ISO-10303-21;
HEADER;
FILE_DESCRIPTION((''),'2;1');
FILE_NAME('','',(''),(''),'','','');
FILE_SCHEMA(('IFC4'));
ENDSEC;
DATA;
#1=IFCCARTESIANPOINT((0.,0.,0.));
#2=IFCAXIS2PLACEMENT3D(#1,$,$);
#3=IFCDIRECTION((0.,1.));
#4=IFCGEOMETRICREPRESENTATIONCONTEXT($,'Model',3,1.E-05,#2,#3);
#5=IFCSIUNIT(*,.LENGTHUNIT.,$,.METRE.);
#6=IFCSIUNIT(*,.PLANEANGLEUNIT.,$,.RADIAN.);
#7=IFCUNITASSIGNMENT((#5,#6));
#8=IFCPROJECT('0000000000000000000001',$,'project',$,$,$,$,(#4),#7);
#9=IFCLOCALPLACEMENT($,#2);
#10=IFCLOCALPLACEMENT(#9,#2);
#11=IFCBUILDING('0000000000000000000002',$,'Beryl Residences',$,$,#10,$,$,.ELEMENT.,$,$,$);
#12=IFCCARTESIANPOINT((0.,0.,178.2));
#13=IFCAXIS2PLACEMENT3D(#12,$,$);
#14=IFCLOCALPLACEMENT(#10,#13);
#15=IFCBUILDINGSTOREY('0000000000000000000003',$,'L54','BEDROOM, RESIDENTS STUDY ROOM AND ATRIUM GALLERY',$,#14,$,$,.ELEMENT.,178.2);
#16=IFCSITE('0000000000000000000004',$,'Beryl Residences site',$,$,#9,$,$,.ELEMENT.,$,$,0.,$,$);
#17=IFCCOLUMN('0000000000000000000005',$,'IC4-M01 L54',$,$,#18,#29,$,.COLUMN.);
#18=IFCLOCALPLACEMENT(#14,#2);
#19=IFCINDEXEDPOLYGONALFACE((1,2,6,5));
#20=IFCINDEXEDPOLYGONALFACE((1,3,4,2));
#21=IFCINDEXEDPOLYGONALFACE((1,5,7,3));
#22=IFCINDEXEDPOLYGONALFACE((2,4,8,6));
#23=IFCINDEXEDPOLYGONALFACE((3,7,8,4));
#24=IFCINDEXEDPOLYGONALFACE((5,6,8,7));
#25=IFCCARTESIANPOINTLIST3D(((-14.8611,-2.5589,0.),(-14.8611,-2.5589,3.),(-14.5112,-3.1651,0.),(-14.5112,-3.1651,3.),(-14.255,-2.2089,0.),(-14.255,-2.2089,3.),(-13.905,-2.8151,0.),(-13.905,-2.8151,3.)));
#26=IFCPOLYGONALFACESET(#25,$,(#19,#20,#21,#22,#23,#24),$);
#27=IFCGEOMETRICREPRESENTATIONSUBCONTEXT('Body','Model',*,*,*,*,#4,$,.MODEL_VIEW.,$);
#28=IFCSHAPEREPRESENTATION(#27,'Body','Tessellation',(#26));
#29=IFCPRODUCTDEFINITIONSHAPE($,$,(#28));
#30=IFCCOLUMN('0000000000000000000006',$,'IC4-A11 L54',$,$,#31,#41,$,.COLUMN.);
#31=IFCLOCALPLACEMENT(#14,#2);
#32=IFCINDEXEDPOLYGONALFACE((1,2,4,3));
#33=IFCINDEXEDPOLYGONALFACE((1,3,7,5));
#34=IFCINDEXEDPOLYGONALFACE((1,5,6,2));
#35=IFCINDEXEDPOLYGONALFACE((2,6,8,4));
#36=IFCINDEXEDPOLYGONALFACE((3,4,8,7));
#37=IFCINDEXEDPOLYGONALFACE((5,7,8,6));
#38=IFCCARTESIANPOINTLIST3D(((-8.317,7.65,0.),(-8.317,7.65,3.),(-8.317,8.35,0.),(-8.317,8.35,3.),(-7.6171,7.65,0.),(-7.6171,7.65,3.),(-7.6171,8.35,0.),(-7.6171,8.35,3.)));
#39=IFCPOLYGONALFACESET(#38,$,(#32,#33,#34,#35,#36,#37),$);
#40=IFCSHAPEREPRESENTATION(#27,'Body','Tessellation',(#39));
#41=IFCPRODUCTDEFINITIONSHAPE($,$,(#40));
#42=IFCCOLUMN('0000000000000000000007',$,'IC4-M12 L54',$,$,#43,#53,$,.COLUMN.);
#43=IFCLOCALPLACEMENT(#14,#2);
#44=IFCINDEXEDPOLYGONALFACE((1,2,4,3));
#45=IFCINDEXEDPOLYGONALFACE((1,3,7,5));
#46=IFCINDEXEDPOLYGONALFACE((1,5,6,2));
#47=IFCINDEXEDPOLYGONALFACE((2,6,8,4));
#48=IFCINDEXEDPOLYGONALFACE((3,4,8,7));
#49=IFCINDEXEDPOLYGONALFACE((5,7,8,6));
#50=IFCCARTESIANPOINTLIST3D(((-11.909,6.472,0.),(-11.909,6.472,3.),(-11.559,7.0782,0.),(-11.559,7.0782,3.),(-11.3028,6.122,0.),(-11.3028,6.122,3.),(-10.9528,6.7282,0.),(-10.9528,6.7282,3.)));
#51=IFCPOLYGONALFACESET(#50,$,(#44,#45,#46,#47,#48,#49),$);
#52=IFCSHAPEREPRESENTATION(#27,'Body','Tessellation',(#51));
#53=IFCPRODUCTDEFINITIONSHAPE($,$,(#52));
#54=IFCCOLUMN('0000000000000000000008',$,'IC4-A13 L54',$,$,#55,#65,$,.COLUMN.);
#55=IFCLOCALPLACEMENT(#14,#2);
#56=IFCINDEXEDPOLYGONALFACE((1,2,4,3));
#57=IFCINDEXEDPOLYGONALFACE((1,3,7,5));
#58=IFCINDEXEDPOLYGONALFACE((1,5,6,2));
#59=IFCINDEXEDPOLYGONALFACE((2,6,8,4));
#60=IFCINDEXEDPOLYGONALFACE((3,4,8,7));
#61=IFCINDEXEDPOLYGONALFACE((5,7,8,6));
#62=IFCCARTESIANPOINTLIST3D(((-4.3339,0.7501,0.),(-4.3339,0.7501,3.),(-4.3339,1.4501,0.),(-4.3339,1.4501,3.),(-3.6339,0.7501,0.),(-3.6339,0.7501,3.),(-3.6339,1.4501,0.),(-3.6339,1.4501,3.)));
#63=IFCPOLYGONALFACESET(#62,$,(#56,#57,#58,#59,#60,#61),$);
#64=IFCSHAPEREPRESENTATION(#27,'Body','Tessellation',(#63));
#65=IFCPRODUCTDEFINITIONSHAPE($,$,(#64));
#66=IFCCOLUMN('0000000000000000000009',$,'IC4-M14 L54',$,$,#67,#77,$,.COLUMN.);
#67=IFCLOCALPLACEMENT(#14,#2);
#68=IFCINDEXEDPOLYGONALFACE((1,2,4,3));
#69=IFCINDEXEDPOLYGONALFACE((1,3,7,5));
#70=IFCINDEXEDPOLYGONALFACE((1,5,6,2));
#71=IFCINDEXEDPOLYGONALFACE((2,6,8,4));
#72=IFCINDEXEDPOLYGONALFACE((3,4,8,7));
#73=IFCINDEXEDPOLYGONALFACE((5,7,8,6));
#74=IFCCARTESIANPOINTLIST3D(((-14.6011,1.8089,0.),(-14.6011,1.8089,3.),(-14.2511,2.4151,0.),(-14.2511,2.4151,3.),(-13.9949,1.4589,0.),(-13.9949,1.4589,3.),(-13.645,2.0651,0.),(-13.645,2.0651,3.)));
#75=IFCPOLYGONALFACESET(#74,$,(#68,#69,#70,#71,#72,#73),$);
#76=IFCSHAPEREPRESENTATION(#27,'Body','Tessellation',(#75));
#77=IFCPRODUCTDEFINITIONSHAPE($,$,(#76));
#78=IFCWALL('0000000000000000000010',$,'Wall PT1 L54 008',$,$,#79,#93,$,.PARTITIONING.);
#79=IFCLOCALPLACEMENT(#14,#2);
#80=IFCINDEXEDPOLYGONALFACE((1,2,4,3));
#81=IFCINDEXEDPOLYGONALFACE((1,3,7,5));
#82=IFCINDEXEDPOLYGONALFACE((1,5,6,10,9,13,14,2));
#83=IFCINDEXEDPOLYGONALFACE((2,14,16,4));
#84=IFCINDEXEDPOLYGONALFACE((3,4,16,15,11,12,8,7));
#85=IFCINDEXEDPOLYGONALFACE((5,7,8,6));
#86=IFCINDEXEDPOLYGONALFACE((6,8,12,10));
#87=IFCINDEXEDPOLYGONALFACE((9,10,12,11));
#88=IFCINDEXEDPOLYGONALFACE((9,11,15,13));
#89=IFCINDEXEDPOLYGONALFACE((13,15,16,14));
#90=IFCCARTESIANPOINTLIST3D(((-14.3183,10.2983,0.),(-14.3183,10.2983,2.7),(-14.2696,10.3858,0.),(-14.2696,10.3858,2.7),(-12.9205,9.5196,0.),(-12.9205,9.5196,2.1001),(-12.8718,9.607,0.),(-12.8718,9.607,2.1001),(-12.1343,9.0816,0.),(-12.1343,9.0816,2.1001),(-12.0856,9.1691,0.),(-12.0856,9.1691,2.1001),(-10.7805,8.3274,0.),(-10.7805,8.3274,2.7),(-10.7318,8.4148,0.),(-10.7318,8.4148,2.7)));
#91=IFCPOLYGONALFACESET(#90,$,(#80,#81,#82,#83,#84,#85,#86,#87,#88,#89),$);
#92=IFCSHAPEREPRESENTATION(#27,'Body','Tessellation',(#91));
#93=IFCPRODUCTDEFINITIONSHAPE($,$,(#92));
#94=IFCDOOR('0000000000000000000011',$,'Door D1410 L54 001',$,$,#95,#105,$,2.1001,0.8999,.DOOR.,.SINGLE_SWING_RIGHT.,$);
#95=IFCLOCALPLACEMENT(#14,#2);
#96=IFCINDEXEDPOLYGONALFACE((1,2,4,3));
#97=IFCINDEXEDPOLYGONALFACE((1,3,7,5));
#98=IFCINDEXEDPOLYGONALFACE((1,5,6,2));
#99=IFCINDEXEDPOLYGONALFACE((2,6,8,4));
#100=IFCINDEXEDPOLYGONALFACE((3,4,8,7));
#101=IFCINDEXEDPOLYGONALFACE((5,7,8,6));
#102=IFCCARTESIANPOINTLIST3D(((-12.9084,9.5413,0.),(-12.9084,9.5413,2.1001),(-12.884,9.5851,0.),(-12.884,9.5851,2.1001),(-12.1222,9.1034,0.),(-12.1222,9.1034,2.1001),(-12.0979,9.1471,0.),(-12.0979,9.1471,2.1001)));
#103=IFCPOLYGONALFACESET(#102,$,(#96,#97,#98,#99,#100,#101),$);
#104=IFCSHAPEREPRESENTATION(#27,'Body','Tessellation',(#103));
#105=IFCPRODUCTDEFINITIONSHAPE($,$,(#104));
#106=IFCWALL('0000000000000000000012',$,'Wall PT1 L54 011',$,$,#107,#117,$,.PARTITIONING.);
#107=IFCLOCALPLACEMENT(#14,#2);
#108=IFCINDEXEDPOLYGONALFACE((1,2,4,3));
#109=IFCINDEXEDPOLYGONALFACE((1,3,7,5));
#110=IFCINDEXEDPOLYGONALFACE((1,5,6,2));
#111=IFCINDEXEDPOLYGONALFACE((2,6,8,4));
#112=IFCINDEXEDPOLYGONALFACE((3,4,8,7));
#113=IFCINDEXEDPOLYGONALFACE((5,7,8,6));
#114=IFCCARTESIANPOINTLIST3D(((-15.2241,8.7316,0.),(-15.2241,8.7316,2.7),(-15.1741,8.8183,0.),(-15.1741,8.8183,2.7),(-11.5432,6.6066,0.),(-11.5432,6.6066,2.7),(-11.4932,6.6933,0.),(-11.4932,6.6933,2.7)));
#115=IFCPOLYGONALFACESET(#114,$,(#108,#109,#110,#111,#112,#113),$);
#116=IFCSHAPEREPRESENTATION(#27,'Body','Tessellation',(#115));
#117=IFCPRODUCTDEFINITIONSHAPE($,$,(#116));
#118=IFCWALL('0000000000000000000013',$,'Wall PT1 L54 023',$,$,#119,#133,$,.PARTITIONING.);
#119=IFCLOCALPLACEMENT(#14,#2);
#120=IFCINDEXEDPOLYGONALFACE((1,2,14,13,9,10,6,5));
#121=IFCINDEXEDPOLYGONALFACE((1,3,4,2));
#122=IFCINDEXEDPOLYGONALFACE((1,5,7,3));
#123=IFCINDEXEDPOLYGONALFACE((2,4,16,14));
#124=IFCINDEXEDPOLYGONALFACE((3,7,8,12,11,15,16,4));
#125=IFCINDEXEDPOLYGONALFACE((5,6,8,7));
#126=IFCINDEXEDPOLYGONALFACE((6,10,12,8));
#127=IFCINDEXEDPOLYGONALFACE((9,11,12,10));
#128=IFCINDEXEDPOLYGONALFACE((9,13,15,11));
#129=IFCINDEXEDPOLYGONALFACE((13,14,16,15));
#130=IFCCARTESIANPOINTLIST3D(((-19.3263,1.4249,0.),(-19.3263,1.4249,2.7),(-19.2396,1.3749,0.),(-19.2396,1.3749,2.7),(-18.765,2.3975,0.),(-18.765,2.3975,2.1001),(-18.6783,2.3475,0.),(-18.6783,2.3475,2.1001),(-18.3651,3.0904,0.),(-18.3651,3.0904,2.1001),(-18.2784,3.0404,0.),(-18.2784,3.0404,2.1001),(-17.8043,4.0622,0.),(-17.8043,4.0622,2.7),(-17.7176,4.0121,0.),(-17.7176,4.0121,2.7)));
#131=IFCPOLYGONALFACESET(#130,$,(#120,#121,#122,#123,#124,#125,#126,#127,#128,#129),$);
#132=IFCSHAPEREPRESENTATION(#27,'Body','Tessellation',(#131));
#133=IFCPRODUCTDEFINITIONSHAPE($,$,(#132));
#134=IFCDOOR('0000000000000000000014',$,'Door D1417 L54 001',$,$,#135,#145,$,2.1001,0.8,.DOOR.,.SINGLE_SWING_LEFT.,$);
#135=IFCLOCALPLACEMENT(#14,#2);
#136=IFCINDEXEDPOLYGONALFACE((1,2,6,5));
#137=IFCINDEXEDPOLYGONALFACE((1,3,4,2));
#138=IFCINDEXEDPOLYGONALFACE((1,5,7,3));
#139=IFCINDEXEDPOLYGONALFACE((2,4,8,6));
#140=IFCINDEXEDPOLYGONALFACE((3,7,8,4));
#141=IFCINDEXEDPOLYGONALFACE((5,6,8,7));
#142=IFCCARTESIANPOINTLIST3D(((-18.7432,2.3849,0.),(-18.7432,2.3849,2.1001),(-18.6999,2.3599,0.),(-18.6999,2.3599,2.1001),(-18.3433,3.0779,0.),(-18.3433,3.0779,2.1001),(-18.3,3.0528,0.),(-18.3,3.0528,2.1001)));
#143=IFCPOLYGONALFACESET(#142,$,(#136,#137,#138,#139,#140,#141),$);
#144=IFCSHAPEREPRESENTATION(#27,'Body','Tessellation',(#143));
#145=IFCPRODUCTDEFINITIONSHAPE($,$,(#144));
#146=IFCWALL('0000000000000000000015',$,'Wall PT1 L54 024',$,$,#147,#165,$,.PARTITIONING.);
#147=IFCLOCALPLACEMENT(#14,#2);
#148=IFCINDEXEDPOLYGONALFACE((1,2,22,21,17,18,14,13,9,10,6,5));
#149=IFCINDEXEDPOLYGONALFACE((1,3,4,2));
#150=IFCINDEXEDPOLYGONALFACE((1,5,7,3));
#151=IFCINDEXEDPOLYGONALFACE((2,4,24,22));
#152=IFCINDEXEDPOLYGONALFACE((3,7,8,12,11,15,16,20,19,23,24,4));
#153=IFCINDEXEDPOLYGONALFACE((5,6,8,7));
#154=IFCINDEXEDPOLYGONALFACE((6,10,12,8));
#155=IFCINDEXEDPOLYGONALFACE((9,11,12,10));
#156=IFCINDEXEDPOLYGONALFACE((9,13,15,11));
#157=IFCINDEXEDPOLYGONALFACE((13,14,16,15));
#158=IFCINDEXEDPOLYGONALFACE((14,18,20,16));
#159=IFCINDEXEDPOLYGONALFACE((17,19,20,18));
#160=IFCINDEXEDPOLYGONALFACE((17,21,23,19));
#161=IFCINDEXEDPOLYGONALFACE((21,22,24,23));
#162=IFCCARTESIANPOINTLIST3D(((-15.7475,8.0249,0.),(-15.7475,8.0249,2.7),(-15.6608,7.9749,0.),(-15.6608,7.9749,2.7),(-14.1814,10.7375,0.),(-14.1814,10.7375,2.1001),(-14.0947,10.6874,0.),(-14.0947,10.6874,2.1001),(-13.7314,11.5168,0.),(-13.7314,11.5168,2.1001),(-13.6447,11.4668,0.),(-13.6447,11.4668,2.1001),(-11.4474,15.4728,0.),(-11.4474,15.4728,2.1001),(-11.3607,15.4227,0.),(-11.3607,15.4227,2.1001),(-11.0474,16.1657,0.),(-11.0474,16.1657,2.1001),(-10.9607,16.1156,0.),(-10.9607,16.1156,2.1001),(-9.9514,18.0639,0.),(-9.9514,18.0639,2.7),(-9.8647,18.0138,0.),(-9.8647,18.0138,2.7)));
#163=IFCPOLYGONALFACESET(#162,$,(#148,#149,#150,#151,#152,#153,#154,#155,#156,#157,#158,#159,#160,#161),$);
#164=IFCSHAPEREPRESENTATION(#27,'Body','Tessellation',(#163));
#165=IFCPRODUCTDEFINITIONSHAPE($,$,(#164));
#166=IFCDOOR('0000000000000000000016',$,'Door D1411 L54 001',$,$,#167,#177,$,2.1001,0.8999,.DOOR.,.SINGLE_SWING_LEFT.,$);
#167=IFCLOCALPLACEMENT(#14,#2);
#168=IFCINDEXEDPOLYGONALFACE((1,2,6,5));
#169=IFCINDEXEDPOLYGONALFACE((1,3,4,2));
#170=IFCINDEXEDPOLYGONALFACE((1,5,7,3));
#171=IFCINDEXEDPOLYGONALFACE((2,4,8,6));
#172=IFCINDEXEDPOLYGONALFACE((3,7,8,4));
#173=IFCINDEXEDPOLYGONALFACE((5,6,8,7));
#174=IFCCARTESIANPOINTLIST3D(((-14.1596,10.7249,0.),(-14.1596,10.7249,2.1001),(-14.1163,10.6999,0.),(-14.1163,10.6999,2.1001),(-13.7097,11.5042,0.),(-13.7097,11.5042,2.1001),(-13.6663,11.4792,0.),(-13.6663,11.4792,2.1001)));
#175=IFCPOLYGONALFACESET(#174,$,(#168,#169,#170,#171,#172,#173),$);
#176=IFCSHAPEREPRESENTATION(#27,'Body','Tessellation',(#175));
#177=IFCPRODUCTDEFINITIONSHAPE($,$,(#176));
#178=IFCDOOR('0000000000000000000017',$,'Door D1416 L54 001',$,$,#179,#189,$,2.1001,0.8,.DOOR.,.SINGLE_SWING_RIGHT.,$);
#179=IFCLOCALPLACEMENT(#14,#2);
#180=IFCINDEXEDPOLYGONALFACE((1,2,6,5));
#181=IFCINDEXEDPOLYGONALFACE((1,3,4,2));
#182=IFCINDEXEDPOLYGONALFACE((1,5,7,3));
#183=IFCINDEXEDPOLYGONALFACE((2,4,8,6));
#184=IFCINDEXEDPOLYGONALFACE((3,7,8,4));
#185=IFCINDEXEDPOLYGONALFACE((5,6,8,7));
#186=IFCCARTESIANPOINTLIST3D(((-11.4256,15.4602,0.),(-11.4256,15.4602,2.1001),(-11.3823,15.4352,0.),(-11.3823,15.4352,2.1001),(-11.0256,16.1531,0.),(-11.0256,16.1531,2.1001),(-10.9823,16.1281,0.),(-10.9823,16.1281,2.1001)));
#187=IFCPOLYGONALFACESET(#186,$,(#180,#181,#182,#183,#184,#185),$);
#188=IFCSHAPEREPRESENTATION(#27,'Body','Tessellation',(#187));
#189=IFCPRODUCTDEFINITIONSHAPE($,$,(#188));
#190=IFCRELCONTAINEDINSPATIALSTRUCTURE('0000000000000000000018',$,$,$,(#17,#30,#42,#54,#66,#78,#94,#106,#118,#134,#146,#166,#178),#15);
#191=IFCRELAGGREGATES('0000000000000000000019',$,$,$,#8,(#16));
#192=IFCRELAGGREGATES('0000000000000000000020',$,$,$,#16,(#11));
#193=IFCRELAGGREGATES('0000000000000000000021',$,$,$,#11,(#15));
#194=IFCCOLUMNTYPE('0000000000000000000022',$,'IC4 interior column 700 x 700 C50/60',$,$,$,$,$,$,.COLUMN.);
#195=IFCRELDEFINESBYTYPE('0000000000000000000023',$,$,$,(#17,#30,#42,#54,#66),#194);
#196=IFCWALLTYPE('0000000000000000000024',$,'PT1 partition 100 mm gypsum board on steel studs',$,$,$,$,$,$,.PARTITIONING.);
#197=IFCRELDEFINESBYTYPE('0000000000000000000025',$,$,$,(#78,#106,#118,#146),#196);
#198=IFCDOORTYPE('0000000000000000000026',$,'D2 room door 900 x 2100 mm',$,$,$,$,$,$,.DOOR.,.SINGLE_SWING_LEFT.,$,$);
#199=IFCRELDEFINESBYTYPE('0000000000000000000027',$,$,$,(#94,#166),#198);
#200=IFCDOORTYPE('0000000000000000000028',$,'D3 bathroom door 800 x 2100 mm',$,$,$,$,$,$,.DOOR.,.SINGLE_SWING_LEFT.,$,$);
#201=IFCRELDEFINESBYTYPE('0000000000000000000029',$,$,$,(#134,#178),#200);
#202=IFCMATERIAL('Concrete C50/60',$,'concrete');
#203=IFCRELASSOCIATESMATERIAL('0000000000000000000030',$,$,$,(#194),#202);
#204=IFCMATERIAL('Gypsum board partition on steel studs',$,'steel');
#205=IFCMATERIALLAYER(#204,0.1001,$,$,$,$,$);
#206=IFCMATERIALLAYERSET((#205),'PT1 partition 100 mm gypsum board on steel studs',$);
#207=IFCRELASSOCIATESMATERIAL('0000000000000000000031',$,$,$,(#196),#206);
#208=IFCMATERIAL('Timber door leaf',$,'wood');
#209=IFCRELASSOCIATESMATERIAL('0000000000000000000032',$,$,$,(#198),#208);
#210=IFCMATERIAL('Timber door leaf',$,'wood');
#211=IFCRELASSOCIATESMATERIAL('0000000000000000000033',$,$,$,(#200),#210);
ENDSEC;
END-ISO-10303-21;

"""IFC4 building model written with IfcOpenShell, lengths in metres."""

from ifc_helpers import new_model, si_unit, direction, frame, frame_2d, origin, origin_2d, place, context, subcontext, project, spatial, rectangle, extrude, material, layer, layer_set, material_profile, profile_set, type_object, element, fill, save


model = new_model("IFC4")

# Units and contexts
model_context = context("Model", 3, precision=1e-05, world=origin(), true_north=direction((0.0, 1.0)))
body_context = subcontext(model_context, "Body", "Model", "MODEL_VIEW")
ifc_project = project(units=[si_unit("LENGTHUNIT", "METRE"), si_unit("PLANEANGLEUNIT", "RADIAN")], contexts=[model_context])

# Site, building, storey
site_placement = place(None, origin())
site = spatial("IfcSite", under=ifc_project, at=site_placement, Name="Beryl Residences site", CompositionType="ELEMENT", RefElevation=0.0)
building_placement = place(site_placement, origin())
building = spatial("IfcBuilding", under=site, at=building_placement, Name="Beryl Residences", CompositionType="ELEMENT")
storey_placement = place(building_placement, frame((0.0, 0.0, 178.2)))
storey = spatial("IfcBuildingStorey", under=building, at=storey_placement, Name="L54", Description="BEDROOM, RESIDENTS STUDY ROOM AND ATRIUM GALLERY", CompositionType="ELEMENT", Elevation=178.2)

# Columns
ifc_material_1 = material(Name="Concrete C50/60", Category="concrete")
ifc_material_profile = material_profile(ifc_material_1, rectangle(XDim=0.7, YDim=0.7, at=origin_2d()))
ifc_profile_set = profile_set([ifc_material_profile], Name="Concrete C50/60")
column_type = type_object("IfcColumnType", Name="IC4 interior column 700 x 700 C50/60", PredefinedType="COLUMN", material=ifc_profile_set)
for number, where, z_axis, x_axis, name in (
    (1, (-14.3831, -2.687, 0.0), (0.0, 0.0, 1.0), (0.5, -0.866025, 0.0), "IC4-M01 L54"),
    (2, (-7.967, 8.0, 0.0), (0.0, 0.0, 1.0), (1.0, 0.0, 0.0), "IC4-A11 L54"),
    (3, (-11.4309, 6.6001, 0.0), (0.0, 0.0, 1.0), (-0.5, -0.866025, 0.0), "IC4-M12 L54"),
    (4, (-3.9839, 1.1001, 0.0), (0.0, 0.0, 1.0), (1.0, 0.0, 0.0), "IC4-A13 L54"),
    (5, (-14.123, 1.937, 0.0), (0.0, 0.0, 1.0), (-0.5, -0.866025, 0.0), "IC4-M14 L54"),
):
    element("IfcColumn", number, at=place(storey_placement, frame(where, z_axis=z_axis, x_axis=x_axis)), inside=storey, type_object=column_type, Name=name, PredefinedType="COLUMN", context=body_context, shape_type="SweptSolid", body=[
        extrude(rectangle(XDim=0.7, YDim=0.7, at=origin_2d()), origin(), (0.0, 0.0, 1.0), 3.0),
    ])

# Wall, opening, door
ifc_material_2 = material(Name="Gypsum board partition on steel studs", Category="steel")
ifc_layer_1 = layer(ifc_material_2, 0.1001)
ifc_layer_set_1 = layer_set([ifc_layer_1], Name="PT1 partition 100 mm gypsum board on steel studs")
wall_type_1 = type_object("IfcWallType", Name="PT1 partition 100 mm gypsum board on steel studs", PredefinedType="PARTITIONING", material=ifc_layer_set_1)
wall_1_placement = place(storey_placement, frame((-14.2939, 10.342, 0.0), z_axis=(0.0, 0.0, 1.0), x_axis=(0.873582, -0.486677, 0.0)))
wall_1 = element("IfcWall", 6, at=wall_1_placement, inside=storey, type_object=wall_type_1, Name="Wall PT1 L54 008", PredefinedType="PARTITIONING", context=body_context, shape_type="SweptSolid", body=[
    extrude(rectangle(XDim=4.0498, YDim=0.1001, at=frame_2d((2.0249, 0.0))), origin(), (0.0, 0.0, 1.0), 2.7),
])
opening_1_placement = place(wall_1_placement, frame((1.6001, 0.0, 0.0)))
opening_1 = element("IfcOpeningElement", 7, at=opening_1_placement, cuts=wall_1, PredefinedType="OPENING", context=body_context, shape_type="SweptSolid", body=[
    extrude(rectangle(XDim=0.8999, YDim=2.1001, at=frame_2d((0.45, 1.05))), frame((0.0, 0.0601, 0.0), z_axis=(0.0, -1.0, 0.0), x_axis=(1.0, 0.0, 0.0)), (0.0, 0.0, 1.0), 0.1201),
])
ifc_material_3 = material(Name="Timber door leaf", Category="wood")
door_type_1 = type_object("IfcDoorType", Name="D2 room door 900 x 2100 mm", OperationType="SINGLE_SWING_LEFT", PredefinedType="DOOR", material=ifc_material_3)
door_1_placement = place(opening_1_placement, origin())
door_1 = element("IfcDoor", 8, at=door_1_placement, inside=storey, type_object=door_type_1, Name="Door D1410 L54 001", OperationType="SINGLE_SWING_RIGHT", OverallHeight=2.1001, OverallWidth=0.8999, PredefinedType="DOOR", context=body_context, shape_type="SweptSolid", body=[
    extrude(rectangle(XDim=0.8999, YDim=2.1001, at=frame_2d((0.45, 1.05))), frame((0.0, 0.0249, 0.0), z_axis=(0.0, -1.0, 0.0), x_axis=(1.0, 0.0, 0.0)), (0.0, 0.0, 1.0), 0.05),
])
fill(opening_1, door_1)

# Wall
wall_2_placement = place(storey_placement, frame((-15.199, 8.7749, 0.0), z_axis=(0.0, 0.0, 1.0), x_axis=(0.866043, -0.499969, 0.0)))
element("IfcWall", 9, at=wall_2_placement, inside=storey, type_object=wall_type_1, Name="Wall PT1 L54 011", PredefinedType="PARTITIONING", context=body_context, shape_type="SweptSolid", body=[
    extrude(rectangle(XDim=4.2502, YDim=0.1001, at=frame_2d((2.125, 0.0))), origin(), (0.0, 0.0, 1.0), 2.7),
])

# Wall, opening, door
wall_3_placement = place(storey_placement, frame((-19.283, 1.3999, 0.0), z_axis=(0.0, 0.0, 1.0), x_axis=(0.499847, 0.866113, 0.0)))
wall_3 = element("IfcWall", 10, at=wall_3_placement, inside=storey, type_object=wall_type_1, Name="Wall PT1 L54 023", PredefinedType="PARTITIONING", context=body_context, shape_type="SweptSolid", body=[
    extrude(rectangle(XDim=3.0449, YDim=0.1001, at=frame_2d((1.5225, 0.0))), origin(), (0.0, 0.0, 1.0), 2.7),
])
opening_2_placement = place(wall_3_placement, frame((1.123, 0.0, 0.0)))
opening_2 = element("IfcOpeningElement", 11, at=opening_2_placement, cuts=wall_3, PredefinedType="OPENING", context=body_context, shape_type="SweptSolid", body=[
    extrude(rectangle(XDim=0.8, YDim=2.1001, at=frame_2d((0.3999, 1.05))), frame((0.0, 0.0601, 0.0), z_axis=(0.0, -1.0, 0.0), x_axis=(1.0, 0.0, 0.0)), (0.0, 0.0, 1.0), 0.1201),
])
ifc_material_4 = material(Name="Timber door leaf", Category="wood")
door_type_2 = type_object("IfcDoorType", Name="D3 bathroom door 800 x 2100 mm", OperationType="SINGLE_SWING_LEFT", PredefinedType="DOOR", material=ifc_material_4)
door_2_placement = place(opening_2_placement, origin())
door_2 = element("IfcDoor", 12, at=door_2_placement, inside=storey, type_object=door_type_2, Name="Door D1417 L54 001", OperationType="SINGLE_SWING_LEFT", OverallHeight=2.1001, OverallWidth=0.8, PredefinedType="DOOR", context=body_context, shape_type="SweptSolid", body=[
    extrude(rectangle(XDim=0.8, YDim=2.1001, at=frame_2d((0.3999, 1.05))), frame((0.0, 0.0249, 0.0), z_axis=(0.0, -1.0, 0.0), x_axis=(1.0, 0.0, 0.0)), (0.0, 0.0, 1.0), 0.05),
])
fill(opening_2, door_2)

# Wall, openings, doors
wall_4_placement = place(storey_placement, frame((-15.7041, 8.0, 0.0), z_axis=(0.0, 0.0, 1.0), x_axis=(0.500006, 0.866022, 0.0)))
wall_4 = element("IfcWall", 13, at=wall_4_placement, inside=storey, type_object=wall_type_1, Name="Wall PT1 L54 024", PredefinedType="PARTITIONING", context=body_context, shape_type="SweptSolid", body=[
    extrude(rectangle(XDim=11.592, YDim=0.1001, at=frame_2d((5.7959, 0.0))), origin(), (0.0, 0.0, 1.0), 2.7),
])
opening_3_placement = place(wall_4_placement, frame((3.1321, 0.0, 0.0)))
opening_3 = element("IfcOpeningElement", 14, at=opening_3_placement, cuts=wall_4, PredefinedType="OPENING", context=body_context, shape_type="SweptSolid", body=[
    extrude(rectangle(XDim=0.8999, YDim=2.1001, at=frame_2d((0.45, 1.05))), frame((0.0, 0.0601, 0.0), z_axis=(0.0, -1.0, 0.0), x_axis=(1.0, 0.0, 0.0)), (0.0, 0.0, 1.0), 0.1201),
])
opening_4_placement = place(wall_4_placement, frame((8.6001, 0.0, 0.0)))
opening_4 = element("IfcOpeningElement", 15, at=opening_4_placement, cuts=wall_4, PredefinedType="OPENING", context=body_context, shape_type="SweptSolid", body=[
    extrude(rectangle(XDim=0.8, YDim=2.1001, at=frame_2d((0.3999, 1.05))), frame((0.0, 0.0601, 0.0), z_axis=(0.0, -1.0, 0.0), x_axis=(1.0, 0.0, 0.0)), (0.0, 0.0, 1.0), 0.1201),
])
door_3_placement = place(opening_3_placement, origin())
door_3 = element("IfcDoor", 16, at=door_3_placement, inside=storey, type_object=door_type_1, Name="Door D1411 L54 001", OperationType="SINGLE_SWING_LEFT", OverallHeight=2.1001, OverallWidth=0.8999, PredefinedType="DOOR", context=body_context, shape_type="SweptSolid", body=[
    extrude(rectangle(XDim=0.8999, YDim=2.1001, at=frame_2d((0.45, 1.05))), frame((0.0, 0.0249, 0.0), z_axis=(0.0, -1.0, 0.0), x_axis=(1.0, 0.0, 0.0)), (0.0, 0.0, 1.0), 0.05),
])
fill(opening_3, door_3)
door_4_placement = place(opening_4_placement, origin())
door_4 = element("IfcDoor", 17, at=door_4_placement, inside=storey, type_object=door_type_2, Name="Door D1416 L54 001", OperationType="SINGLE_SWING_RIGHT", OverallHeight=2.1001, OverallWidth=0.8, PredefinedType="DOOR", context=body_context, shape_type="SweptSolid", body=[
    extrude(rectangle(XDim=0.8, YDim=2.1001, at=frame_2d((0.3999, 1.05))), frame((0.0, 0.0249, 0.0), z_axis=(0.0, -1.0, 0.0), x_axis=(1.0, 0.0, 0.0)), (0.0, 0.0, 1.0), 0.05),
])
fill(opening_4, door_4)

save(model, "model.ifc")
